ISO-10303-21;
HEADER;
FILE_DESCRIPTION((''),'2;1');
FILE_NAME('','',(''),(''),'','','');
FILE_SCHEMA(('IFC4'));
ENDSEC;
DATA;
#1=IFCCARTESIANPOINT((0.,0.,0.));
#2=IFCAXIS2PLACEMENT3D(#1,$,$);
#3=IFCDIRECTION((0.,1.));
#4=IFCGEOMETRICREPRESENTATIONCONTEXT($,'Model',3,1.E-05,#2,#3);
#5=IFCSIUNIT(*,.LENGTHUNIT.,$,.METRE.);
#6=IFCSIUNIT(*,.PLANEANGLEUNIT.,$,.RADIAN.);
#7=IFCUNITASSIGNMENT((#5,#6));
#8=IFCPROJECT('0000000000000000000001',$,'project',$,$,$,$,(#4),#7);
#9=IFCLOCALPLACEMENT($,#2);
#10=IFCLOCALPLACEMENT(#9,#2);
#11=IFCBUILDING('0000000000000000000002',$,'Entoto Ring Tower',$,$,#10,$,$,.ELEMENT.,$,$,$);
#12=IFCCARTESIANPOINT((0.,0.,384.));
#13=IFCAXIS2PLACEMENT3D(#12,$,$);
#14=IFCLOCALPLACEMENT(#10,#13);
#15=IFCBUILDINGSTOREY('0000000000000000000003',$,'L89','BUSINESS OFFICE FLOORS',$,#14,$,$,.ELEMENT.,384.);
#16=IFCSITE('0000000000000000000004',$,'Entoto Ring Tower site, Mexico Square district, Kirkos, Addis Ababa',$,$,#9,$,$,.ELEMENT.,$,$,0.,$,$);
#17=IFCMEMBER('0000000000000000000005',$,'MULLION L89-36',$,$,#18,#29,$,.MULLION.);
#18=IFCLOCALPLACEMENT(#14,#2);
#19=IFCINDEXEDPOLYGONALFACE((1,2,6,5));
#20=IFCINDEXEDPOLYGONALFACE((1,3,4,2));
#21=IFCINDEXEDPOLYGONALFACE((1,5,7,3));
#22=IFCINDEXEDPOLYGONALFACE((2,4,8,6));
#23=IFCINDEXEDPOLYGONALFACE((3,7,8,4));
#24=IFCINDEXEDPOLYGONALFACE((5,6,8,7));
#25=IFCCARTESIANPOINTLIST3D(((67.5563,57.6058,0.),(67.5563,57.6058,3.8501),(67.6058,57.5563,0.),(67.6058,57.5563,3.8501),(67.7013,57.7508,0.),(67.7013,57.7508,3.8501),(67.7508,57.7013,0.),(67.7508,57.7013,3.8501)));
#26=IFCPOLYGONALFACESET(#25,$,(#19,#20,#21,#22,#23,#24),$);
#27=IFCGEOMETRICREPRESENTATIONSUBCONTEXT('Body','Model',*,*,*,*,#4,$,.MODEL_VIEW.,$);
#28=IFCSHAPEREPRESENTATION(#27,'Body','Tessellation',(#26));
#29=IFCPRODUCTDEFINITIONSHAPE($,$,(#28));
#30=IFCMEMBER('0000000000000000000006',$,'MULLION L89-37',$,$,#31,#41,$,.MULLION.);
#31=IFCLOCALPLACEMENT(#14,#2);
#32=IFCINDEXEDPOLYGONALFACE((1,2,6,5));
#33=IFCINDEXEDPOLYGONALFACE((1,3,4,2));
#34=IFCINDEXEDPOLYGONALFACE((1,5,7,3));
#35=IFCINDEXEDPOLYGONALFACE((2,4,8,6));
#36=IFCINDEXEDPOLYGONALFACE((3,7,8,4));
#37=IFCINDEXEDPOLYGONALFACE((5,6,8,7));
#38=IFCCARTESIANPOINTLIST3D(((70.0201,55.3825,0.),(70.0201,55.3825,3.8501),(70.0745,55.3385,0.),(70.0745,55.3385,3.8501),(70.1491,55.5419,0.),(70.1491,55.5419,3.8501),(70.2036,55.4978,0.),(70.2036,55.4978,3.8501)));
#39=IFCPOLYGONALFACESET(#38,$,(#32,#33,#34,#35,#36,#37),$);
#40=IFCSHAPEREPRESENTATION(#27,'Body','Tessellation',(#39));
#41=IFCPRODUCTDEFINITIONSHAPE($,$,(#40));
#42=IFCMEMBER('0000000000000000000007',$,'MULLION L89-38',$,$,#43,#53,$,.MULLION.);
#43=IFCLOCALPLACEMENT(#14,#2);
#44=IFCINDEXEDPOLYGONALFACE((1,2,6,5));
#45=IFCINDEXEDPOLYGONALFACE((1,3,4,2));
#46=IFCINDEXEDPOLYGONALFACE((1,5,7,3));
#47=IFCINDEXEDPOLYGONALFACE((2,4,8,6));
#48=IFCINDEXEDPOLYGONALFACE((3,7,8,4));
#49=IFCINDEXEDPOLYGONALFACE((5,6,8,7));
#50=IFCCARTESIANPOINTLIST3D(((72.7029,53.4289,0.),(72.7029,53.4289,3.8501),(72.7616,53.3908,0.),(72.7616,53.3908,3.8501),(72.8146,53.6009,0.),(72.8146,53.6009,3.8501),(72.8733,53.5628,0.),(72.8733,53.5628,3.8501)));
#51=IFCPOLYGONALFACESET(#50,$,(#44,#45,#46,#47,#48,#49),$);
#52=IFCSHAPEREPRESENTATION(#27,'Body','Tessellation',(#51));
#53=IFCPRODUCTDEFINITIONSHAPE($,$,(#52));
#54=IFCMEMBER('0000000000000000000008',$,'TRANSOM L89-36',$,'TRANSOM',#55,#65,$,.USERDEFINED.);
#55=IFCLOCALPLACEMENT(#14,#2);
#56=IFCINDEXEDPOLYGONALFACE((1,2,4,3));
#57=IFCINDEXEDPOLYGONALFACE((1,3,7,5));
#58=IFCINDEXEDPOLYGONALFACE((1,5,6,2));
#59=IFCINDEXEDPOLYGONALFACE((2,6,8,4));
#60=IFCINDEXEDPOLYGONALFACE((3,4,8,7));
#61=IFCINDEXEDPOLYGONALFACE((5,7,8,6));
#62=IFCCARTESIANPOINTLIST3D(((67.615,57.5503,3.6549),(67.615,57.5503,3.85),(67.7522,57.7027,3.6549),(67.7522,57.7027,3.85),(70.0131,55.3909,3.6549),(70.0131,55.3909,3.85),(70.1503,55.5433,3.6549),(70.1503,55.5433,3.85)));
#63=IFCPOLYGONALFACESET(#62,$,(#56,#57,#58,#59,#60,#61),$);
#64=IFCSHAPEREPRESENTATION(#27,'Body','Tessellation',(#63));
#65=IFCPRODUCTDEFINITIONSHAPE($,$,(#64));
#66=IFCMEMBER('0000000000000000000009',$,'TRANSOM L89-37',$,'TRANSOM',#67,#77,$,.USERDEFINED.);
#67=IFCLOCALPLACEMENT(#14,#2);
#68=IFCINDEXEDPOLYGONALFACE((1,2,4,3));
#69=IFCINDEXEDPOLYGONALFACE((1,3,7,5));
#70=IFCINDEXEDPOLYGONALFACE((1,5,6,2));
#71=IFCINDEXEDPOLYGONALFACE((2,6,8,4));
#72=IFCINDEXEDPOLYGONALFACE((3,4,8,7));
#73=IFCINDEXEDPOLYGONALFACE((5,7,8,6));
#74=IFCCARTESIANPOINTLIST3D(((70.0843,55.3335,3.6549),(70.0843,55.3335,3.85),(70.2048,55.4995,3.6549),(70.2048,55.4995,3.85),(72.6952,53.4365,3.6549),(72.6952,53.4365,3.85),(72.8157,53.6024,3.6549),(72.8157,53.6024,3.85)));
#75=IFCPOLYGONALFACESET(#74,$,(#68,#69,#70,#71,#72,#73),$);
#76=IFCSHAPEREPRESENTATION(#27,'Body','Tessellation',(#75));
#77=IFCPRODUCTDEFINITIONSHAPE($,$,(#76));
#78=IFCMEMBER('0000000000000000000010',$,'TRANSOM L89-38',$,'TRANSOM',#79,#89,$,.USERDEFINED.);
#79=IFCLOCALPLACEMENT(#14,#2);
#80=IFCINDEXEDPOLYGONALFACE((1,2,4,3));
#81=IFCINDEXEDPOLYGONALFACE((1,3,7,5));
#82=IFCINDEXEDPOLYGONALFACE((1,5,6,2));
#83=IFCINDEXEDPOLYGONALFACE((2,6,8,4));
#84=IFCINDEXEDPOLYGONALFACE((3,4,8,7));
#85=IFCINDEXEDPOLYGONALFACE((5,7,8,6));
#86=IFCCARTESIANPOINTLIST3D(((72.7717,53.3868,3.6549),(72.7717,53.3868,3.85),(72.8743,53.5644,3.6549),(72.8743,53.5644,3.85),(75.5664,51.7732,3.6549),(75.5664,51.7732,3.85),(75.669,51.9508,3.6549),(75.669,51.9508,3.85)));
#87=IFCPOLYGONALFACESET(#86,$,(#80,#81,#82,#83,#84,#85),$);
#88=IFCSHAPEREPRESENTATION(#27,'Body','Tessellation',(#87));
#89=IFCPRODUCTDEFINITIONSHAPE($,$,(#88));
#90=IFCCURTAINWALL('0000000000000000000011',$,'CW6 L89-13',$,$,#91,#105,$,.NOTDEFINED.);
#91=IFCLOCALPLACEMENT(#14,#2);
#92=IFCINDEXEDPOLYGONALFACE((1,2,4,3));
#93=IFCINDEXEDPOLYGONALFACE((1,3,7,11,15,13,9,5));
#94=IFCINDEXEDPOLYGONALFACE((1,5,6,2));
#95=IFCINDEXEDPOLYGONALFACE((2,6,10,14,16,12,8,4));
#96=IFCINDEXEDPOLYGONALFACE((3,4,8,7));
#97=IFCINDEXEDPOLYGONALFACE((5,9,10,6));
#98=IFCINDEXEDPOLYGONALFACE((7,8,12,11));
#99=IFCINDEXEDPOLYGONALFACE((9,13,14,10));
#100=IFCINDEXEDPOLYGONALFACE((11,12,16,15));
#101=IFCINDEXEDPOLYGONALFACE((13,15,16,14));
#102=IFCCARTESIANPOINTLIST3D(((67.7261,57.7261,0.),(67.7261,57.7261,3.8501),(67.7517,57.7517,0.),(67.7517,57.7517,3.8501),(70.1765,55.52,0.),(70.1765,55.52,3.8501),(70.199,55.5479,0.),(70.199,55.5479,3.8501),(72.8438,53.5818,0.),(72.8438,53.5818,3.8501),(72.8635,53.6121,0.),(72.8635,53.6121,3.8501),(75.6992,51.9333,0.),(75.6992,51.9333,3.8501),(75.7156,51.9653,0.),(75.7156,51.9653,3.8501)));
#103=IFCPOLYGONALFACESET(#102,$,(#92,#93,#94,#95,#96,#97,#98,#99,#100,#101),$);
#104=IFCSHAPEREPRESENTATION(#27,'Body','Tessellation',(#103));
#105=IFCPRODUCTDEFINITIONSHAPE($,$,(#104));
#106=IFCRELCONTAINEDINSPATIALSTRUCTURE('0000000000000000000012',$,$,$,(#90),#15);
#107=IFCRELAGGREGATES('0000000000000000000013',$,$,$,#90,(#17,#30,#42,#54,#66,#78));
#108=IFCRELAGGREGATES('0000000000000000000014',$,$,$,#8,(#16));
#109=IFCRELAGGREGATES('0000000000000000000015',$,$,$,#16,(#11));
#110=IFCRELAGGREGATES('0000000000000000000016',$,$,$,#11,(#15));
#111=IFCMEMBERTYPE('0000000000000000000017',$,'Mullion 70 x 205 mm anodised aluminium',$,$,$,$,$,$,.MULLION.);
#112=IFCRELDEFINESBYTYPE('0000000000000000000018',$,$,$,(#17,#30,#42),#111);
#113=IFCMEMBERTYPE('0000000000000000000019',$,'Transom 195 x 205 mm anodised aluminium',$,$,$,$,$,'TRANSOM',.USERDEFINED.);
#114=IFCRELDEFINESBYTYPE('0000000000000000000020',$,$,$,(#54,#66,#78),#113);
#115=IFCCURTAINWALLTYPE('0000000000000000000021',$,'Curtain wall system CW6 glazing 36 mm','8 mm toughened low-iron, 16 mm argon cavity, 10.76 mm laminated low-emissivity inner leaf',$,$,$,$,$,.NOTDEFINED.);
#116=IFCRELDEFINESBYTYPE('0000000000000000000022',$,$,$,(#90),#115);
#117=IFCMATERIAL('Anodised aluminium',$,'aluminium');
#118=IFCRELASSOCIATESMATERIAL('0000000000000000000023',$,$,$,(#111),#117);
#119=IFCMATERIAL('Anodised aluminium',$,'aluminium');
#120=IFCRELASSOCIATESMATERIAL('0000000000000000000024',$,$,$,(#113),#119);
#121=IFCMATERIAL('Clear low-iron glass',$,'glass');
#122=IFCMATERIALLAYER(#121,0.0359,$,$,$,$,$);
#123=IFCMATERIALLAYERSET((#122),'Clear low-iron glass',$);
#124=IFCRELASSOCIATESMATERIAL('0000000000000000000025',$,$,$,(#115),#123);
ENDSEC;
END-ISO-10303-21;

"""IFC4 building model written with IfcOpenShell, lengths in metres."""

from ifc_helpers import new_model, si_unit, direction, frame, origin, origin_2d, place, context, subcontext, project, spatial, polyline, rectangle, outline, extrude, material, layer, layer_set, material_profile, profile_set, type_object, element, aggregate, save


model = new_model("IFC4")

# Units and contexts
model_context = context("Model", 3, precision=1e-05, world=origin(), true_north=direction((0.0, 1.0)))
body_context = subcontext(model_context, "Body", "Model", "MODEL_VIEW")
ifc_project = project(units=[si_unit("LENGTHUNIT", "METRE"), si_unit("PLANEANGLEUNIT", "RADIAN")], contexts=[model_context])

# Members
ifc_material_1 = material(Name="Anodised aluminium", Category="aluminium")
ifc_material_profile_1 = material_profile(ifc_material_1, rectangle(XDim=0.0701, YDim=0.2051, at=origin_2d()), Name="Mullion 70 x 205 mm anodised aluminium")
ifc_profile_set_1 = profile_set([ifc_material_profile_1], Name="Anodised aluminium")
member_type_1 = type_object("IfcMemberType", Name="Mullion 70 x 205 mm anodised aluminium", PredefinedType="MULLION", material=ifc_profile_set_1)
site_placement = place(None, origin())
building_placement = place(site_placement, origin())
storey_placement = place(building_placement, frame((0.0, 0.0, 384.0)))
member_1_placement = place(storey_placement, frame((67.6536, 57.6536, 0.0), z_axis=(0.0, 0.0, 1.0), x_axis=(0.707107, -0.707107, 0.0)))
member_1 = element("IfcMember", 1, at=member_1_placement, type_object=member_type_1, Name="MULLION L89-36", PredefinedType="MULLION", context=body_context, shape_type="SweptSolid", body=[
    extrude(rectangle(XDim=0.0701, YDim=0.2051, at=origin_2d()), origin(), (0.0, 0.0, 1.0), 3.8501),
])
member_2_placement = place(storey_placement, frame((70.1118, 55.4402, 0.0), z_axis=(0.0, 0.0, 1.0), x_axis=(0.777146, -0.62932, 0.0)))
member_2 = element("IfcMember", 2, at=member_2_placement, type_object=member_type_1, Name="MULLION L89-37", PredefinedType="MULLION", context=body_context, shape_type="SweptSolid", body=[
    extrude(rectangle(XDim=0.0701, YDim=0.2051, at=origin_2d()), origin(), (0.0, 0.0, 1.0), 3.8501),
])
member_3_placement = place(storey_placement, frame((72.7881, 53.4958, 0.0), z_axis=(0.0, 0.0, 1.0), x_axis=(0.838671, -0.544639, 0.0)))
member_3 = element("IfcMember", 3, at=member_3_placement, type_object=member_type_1, Name="MULLION L89-38", PredefinedType="MULLION", context=body_context, shape_type="SweptSolid", body=[
    extrude(rectangle(XDim=0.0701, YDim=0.2051, at=origin_2d()), origin(), (0.0, 0.0, 1.0), 3.8501),
])
ifc_material_2 = material(Name="Anodised aluminium", Category="aluminium")
ifc_material_profile_2 = material_profile(ifc_material_2, rectangle(XDim=0.2051, YDim=0.1951, at=origin_2d()), Name="Transom 195 x 205 mm anodised aluminium")
ifc_profile_set_2 = profile_set([ifc_material_profile_2], Name="Anodised aluminium")
member_type_2 = type_object("IfcMemberType", Name="Transom 195 x 205 mm anodised aluminium", ElementType="TRANSOM", PredefinedType="USERDEFINED", material=ifc_profile_set_2)
member_4_placement = place(storey_placement, frame((67.6836, 57.6265, 3.7524), z_axis=(0.743132, -0.669144, 0.0), x_axis=(0.669144, 0.743132, 0.0)))
member_4 = element("IfcMember", 4, at=member_4_placement, type_object=member_type_2, Name="TRANSOM L89-36", ObjectType="TRANSOM", PredefinedType="USERDEFINED", context=body_context, shape_type="SweptSolid", body=[
    extrude(rectangle(XDim=0.2051, YDim=0.1951, at=origin_2d()), origin(), (0.0, 0.0, 1.0), 3.2271),
])
member_5_placement = place(storey_placement, frame((70.1445, 55.4165, 3.7524), z_axis=(0.809004, -0.587803, 0.0), x_axis=(0.587803, 0.809004, 0.0)))
member_5 = element("IfcMember", 5, at=member_5_placement, type_object=member_type_2, Name="TRANSOM L89-37", ObjectType="TRANSOM", PredefinedType="USERDEFINED", context=body_context, shape_type="SweptSolid", body=[
    extrude(rectangle(XDim=0.2051, YDim=0.1951, at=origin_2d()), origin(), (0.0, 0.0, 1.0), 3.2273),
])
member_6_placement = place(storey_placement, frame((72.823, 53.4756, 3.7524), z_axis=(0.866023, -0.500004, 0.0), x_axis=(0.500004, 0.866023, 0.0)))
member_6 = element("IfcMember", 6, at=member_6_placement, type_object=member_type_2, Name="TRANSOM L89-38", ObjectType="TRANSOM", PredefinedType="USERDEFINED", context=body_context, shape_type="SweptSolid", body=[
    extrude(rectangle(XDim=0.2051, YDim=0.1951, at=origin_2d()), origin(), (0.0, 0.0, 1.0), 3.2271),
])

# Site, building, storey
site = spatial("IfcSite", under=ifc_project, at=site_placement, Name="Entoto Ring Tower site, Mexico Square district, Kirkos, Addis Ababa", CompositionType="ELEMENT", RefElevation=0.0)
building = spatial("IfcBuilding", under=site, at=building_placement, Name="Entoto Ring Tower", CompositionType="ELEMENT")
storey = spatial("IfcBuildingStorey", under=building, at=storey_placement, Name="L89", Description="BUSINESS OFFICE FLOORS", CompositionType="ELEMENT", Elevation=384.0)

# Curtain wall
ifc_material_3 = material(Name="Clear low-iron glass", Category="glass")
ifc_layer = layer(ifc_material_3, 0.0359)
ifc_layer_set = layer_set([ifc_layer], Name="Clear low-iron glass")
curtain_wall_type = type_object("IfcCurtainWallType", Name="Curtain wall system CW6 glazing 36 mm", Description="8 mm toughened low-iron, 16 mm argon cavity, 10.76 mm laminated low-emissivity inner leaf", PredefinedType="NOTDEFINED", material=ifc_layer_set)
curtain_wall_1_placement = place(storey_placement, origin())
curtain_wall_1 = element("IfcCurtainWall", 7, at=curtain_wall_1_placement, inside=storey, type_object=curtain_wall_type, Name="CW6 L89-13", PredefinedType="NOTDEFINED", context=body_context, shape_type="SweptSolid", body=[
    extrude(outline(polyline([(67.7261, 57.7261), (70.1765, 55.52), (72.8438, 53.5818), (75.6992, 51.9333), (75.7156, 51.9653), (72.8635, 53.6121), (70.199, 55.5479), (67.7517, 57.7517), (67.7261, 57.7261)])), origin(), (0.0, 0.0, 1.0), 3.8501),
])
aggregate(curtain_wall_1, [member_1, member_2, member_3, member_4, member_5, member_6])

save(model, "model.ifc")
